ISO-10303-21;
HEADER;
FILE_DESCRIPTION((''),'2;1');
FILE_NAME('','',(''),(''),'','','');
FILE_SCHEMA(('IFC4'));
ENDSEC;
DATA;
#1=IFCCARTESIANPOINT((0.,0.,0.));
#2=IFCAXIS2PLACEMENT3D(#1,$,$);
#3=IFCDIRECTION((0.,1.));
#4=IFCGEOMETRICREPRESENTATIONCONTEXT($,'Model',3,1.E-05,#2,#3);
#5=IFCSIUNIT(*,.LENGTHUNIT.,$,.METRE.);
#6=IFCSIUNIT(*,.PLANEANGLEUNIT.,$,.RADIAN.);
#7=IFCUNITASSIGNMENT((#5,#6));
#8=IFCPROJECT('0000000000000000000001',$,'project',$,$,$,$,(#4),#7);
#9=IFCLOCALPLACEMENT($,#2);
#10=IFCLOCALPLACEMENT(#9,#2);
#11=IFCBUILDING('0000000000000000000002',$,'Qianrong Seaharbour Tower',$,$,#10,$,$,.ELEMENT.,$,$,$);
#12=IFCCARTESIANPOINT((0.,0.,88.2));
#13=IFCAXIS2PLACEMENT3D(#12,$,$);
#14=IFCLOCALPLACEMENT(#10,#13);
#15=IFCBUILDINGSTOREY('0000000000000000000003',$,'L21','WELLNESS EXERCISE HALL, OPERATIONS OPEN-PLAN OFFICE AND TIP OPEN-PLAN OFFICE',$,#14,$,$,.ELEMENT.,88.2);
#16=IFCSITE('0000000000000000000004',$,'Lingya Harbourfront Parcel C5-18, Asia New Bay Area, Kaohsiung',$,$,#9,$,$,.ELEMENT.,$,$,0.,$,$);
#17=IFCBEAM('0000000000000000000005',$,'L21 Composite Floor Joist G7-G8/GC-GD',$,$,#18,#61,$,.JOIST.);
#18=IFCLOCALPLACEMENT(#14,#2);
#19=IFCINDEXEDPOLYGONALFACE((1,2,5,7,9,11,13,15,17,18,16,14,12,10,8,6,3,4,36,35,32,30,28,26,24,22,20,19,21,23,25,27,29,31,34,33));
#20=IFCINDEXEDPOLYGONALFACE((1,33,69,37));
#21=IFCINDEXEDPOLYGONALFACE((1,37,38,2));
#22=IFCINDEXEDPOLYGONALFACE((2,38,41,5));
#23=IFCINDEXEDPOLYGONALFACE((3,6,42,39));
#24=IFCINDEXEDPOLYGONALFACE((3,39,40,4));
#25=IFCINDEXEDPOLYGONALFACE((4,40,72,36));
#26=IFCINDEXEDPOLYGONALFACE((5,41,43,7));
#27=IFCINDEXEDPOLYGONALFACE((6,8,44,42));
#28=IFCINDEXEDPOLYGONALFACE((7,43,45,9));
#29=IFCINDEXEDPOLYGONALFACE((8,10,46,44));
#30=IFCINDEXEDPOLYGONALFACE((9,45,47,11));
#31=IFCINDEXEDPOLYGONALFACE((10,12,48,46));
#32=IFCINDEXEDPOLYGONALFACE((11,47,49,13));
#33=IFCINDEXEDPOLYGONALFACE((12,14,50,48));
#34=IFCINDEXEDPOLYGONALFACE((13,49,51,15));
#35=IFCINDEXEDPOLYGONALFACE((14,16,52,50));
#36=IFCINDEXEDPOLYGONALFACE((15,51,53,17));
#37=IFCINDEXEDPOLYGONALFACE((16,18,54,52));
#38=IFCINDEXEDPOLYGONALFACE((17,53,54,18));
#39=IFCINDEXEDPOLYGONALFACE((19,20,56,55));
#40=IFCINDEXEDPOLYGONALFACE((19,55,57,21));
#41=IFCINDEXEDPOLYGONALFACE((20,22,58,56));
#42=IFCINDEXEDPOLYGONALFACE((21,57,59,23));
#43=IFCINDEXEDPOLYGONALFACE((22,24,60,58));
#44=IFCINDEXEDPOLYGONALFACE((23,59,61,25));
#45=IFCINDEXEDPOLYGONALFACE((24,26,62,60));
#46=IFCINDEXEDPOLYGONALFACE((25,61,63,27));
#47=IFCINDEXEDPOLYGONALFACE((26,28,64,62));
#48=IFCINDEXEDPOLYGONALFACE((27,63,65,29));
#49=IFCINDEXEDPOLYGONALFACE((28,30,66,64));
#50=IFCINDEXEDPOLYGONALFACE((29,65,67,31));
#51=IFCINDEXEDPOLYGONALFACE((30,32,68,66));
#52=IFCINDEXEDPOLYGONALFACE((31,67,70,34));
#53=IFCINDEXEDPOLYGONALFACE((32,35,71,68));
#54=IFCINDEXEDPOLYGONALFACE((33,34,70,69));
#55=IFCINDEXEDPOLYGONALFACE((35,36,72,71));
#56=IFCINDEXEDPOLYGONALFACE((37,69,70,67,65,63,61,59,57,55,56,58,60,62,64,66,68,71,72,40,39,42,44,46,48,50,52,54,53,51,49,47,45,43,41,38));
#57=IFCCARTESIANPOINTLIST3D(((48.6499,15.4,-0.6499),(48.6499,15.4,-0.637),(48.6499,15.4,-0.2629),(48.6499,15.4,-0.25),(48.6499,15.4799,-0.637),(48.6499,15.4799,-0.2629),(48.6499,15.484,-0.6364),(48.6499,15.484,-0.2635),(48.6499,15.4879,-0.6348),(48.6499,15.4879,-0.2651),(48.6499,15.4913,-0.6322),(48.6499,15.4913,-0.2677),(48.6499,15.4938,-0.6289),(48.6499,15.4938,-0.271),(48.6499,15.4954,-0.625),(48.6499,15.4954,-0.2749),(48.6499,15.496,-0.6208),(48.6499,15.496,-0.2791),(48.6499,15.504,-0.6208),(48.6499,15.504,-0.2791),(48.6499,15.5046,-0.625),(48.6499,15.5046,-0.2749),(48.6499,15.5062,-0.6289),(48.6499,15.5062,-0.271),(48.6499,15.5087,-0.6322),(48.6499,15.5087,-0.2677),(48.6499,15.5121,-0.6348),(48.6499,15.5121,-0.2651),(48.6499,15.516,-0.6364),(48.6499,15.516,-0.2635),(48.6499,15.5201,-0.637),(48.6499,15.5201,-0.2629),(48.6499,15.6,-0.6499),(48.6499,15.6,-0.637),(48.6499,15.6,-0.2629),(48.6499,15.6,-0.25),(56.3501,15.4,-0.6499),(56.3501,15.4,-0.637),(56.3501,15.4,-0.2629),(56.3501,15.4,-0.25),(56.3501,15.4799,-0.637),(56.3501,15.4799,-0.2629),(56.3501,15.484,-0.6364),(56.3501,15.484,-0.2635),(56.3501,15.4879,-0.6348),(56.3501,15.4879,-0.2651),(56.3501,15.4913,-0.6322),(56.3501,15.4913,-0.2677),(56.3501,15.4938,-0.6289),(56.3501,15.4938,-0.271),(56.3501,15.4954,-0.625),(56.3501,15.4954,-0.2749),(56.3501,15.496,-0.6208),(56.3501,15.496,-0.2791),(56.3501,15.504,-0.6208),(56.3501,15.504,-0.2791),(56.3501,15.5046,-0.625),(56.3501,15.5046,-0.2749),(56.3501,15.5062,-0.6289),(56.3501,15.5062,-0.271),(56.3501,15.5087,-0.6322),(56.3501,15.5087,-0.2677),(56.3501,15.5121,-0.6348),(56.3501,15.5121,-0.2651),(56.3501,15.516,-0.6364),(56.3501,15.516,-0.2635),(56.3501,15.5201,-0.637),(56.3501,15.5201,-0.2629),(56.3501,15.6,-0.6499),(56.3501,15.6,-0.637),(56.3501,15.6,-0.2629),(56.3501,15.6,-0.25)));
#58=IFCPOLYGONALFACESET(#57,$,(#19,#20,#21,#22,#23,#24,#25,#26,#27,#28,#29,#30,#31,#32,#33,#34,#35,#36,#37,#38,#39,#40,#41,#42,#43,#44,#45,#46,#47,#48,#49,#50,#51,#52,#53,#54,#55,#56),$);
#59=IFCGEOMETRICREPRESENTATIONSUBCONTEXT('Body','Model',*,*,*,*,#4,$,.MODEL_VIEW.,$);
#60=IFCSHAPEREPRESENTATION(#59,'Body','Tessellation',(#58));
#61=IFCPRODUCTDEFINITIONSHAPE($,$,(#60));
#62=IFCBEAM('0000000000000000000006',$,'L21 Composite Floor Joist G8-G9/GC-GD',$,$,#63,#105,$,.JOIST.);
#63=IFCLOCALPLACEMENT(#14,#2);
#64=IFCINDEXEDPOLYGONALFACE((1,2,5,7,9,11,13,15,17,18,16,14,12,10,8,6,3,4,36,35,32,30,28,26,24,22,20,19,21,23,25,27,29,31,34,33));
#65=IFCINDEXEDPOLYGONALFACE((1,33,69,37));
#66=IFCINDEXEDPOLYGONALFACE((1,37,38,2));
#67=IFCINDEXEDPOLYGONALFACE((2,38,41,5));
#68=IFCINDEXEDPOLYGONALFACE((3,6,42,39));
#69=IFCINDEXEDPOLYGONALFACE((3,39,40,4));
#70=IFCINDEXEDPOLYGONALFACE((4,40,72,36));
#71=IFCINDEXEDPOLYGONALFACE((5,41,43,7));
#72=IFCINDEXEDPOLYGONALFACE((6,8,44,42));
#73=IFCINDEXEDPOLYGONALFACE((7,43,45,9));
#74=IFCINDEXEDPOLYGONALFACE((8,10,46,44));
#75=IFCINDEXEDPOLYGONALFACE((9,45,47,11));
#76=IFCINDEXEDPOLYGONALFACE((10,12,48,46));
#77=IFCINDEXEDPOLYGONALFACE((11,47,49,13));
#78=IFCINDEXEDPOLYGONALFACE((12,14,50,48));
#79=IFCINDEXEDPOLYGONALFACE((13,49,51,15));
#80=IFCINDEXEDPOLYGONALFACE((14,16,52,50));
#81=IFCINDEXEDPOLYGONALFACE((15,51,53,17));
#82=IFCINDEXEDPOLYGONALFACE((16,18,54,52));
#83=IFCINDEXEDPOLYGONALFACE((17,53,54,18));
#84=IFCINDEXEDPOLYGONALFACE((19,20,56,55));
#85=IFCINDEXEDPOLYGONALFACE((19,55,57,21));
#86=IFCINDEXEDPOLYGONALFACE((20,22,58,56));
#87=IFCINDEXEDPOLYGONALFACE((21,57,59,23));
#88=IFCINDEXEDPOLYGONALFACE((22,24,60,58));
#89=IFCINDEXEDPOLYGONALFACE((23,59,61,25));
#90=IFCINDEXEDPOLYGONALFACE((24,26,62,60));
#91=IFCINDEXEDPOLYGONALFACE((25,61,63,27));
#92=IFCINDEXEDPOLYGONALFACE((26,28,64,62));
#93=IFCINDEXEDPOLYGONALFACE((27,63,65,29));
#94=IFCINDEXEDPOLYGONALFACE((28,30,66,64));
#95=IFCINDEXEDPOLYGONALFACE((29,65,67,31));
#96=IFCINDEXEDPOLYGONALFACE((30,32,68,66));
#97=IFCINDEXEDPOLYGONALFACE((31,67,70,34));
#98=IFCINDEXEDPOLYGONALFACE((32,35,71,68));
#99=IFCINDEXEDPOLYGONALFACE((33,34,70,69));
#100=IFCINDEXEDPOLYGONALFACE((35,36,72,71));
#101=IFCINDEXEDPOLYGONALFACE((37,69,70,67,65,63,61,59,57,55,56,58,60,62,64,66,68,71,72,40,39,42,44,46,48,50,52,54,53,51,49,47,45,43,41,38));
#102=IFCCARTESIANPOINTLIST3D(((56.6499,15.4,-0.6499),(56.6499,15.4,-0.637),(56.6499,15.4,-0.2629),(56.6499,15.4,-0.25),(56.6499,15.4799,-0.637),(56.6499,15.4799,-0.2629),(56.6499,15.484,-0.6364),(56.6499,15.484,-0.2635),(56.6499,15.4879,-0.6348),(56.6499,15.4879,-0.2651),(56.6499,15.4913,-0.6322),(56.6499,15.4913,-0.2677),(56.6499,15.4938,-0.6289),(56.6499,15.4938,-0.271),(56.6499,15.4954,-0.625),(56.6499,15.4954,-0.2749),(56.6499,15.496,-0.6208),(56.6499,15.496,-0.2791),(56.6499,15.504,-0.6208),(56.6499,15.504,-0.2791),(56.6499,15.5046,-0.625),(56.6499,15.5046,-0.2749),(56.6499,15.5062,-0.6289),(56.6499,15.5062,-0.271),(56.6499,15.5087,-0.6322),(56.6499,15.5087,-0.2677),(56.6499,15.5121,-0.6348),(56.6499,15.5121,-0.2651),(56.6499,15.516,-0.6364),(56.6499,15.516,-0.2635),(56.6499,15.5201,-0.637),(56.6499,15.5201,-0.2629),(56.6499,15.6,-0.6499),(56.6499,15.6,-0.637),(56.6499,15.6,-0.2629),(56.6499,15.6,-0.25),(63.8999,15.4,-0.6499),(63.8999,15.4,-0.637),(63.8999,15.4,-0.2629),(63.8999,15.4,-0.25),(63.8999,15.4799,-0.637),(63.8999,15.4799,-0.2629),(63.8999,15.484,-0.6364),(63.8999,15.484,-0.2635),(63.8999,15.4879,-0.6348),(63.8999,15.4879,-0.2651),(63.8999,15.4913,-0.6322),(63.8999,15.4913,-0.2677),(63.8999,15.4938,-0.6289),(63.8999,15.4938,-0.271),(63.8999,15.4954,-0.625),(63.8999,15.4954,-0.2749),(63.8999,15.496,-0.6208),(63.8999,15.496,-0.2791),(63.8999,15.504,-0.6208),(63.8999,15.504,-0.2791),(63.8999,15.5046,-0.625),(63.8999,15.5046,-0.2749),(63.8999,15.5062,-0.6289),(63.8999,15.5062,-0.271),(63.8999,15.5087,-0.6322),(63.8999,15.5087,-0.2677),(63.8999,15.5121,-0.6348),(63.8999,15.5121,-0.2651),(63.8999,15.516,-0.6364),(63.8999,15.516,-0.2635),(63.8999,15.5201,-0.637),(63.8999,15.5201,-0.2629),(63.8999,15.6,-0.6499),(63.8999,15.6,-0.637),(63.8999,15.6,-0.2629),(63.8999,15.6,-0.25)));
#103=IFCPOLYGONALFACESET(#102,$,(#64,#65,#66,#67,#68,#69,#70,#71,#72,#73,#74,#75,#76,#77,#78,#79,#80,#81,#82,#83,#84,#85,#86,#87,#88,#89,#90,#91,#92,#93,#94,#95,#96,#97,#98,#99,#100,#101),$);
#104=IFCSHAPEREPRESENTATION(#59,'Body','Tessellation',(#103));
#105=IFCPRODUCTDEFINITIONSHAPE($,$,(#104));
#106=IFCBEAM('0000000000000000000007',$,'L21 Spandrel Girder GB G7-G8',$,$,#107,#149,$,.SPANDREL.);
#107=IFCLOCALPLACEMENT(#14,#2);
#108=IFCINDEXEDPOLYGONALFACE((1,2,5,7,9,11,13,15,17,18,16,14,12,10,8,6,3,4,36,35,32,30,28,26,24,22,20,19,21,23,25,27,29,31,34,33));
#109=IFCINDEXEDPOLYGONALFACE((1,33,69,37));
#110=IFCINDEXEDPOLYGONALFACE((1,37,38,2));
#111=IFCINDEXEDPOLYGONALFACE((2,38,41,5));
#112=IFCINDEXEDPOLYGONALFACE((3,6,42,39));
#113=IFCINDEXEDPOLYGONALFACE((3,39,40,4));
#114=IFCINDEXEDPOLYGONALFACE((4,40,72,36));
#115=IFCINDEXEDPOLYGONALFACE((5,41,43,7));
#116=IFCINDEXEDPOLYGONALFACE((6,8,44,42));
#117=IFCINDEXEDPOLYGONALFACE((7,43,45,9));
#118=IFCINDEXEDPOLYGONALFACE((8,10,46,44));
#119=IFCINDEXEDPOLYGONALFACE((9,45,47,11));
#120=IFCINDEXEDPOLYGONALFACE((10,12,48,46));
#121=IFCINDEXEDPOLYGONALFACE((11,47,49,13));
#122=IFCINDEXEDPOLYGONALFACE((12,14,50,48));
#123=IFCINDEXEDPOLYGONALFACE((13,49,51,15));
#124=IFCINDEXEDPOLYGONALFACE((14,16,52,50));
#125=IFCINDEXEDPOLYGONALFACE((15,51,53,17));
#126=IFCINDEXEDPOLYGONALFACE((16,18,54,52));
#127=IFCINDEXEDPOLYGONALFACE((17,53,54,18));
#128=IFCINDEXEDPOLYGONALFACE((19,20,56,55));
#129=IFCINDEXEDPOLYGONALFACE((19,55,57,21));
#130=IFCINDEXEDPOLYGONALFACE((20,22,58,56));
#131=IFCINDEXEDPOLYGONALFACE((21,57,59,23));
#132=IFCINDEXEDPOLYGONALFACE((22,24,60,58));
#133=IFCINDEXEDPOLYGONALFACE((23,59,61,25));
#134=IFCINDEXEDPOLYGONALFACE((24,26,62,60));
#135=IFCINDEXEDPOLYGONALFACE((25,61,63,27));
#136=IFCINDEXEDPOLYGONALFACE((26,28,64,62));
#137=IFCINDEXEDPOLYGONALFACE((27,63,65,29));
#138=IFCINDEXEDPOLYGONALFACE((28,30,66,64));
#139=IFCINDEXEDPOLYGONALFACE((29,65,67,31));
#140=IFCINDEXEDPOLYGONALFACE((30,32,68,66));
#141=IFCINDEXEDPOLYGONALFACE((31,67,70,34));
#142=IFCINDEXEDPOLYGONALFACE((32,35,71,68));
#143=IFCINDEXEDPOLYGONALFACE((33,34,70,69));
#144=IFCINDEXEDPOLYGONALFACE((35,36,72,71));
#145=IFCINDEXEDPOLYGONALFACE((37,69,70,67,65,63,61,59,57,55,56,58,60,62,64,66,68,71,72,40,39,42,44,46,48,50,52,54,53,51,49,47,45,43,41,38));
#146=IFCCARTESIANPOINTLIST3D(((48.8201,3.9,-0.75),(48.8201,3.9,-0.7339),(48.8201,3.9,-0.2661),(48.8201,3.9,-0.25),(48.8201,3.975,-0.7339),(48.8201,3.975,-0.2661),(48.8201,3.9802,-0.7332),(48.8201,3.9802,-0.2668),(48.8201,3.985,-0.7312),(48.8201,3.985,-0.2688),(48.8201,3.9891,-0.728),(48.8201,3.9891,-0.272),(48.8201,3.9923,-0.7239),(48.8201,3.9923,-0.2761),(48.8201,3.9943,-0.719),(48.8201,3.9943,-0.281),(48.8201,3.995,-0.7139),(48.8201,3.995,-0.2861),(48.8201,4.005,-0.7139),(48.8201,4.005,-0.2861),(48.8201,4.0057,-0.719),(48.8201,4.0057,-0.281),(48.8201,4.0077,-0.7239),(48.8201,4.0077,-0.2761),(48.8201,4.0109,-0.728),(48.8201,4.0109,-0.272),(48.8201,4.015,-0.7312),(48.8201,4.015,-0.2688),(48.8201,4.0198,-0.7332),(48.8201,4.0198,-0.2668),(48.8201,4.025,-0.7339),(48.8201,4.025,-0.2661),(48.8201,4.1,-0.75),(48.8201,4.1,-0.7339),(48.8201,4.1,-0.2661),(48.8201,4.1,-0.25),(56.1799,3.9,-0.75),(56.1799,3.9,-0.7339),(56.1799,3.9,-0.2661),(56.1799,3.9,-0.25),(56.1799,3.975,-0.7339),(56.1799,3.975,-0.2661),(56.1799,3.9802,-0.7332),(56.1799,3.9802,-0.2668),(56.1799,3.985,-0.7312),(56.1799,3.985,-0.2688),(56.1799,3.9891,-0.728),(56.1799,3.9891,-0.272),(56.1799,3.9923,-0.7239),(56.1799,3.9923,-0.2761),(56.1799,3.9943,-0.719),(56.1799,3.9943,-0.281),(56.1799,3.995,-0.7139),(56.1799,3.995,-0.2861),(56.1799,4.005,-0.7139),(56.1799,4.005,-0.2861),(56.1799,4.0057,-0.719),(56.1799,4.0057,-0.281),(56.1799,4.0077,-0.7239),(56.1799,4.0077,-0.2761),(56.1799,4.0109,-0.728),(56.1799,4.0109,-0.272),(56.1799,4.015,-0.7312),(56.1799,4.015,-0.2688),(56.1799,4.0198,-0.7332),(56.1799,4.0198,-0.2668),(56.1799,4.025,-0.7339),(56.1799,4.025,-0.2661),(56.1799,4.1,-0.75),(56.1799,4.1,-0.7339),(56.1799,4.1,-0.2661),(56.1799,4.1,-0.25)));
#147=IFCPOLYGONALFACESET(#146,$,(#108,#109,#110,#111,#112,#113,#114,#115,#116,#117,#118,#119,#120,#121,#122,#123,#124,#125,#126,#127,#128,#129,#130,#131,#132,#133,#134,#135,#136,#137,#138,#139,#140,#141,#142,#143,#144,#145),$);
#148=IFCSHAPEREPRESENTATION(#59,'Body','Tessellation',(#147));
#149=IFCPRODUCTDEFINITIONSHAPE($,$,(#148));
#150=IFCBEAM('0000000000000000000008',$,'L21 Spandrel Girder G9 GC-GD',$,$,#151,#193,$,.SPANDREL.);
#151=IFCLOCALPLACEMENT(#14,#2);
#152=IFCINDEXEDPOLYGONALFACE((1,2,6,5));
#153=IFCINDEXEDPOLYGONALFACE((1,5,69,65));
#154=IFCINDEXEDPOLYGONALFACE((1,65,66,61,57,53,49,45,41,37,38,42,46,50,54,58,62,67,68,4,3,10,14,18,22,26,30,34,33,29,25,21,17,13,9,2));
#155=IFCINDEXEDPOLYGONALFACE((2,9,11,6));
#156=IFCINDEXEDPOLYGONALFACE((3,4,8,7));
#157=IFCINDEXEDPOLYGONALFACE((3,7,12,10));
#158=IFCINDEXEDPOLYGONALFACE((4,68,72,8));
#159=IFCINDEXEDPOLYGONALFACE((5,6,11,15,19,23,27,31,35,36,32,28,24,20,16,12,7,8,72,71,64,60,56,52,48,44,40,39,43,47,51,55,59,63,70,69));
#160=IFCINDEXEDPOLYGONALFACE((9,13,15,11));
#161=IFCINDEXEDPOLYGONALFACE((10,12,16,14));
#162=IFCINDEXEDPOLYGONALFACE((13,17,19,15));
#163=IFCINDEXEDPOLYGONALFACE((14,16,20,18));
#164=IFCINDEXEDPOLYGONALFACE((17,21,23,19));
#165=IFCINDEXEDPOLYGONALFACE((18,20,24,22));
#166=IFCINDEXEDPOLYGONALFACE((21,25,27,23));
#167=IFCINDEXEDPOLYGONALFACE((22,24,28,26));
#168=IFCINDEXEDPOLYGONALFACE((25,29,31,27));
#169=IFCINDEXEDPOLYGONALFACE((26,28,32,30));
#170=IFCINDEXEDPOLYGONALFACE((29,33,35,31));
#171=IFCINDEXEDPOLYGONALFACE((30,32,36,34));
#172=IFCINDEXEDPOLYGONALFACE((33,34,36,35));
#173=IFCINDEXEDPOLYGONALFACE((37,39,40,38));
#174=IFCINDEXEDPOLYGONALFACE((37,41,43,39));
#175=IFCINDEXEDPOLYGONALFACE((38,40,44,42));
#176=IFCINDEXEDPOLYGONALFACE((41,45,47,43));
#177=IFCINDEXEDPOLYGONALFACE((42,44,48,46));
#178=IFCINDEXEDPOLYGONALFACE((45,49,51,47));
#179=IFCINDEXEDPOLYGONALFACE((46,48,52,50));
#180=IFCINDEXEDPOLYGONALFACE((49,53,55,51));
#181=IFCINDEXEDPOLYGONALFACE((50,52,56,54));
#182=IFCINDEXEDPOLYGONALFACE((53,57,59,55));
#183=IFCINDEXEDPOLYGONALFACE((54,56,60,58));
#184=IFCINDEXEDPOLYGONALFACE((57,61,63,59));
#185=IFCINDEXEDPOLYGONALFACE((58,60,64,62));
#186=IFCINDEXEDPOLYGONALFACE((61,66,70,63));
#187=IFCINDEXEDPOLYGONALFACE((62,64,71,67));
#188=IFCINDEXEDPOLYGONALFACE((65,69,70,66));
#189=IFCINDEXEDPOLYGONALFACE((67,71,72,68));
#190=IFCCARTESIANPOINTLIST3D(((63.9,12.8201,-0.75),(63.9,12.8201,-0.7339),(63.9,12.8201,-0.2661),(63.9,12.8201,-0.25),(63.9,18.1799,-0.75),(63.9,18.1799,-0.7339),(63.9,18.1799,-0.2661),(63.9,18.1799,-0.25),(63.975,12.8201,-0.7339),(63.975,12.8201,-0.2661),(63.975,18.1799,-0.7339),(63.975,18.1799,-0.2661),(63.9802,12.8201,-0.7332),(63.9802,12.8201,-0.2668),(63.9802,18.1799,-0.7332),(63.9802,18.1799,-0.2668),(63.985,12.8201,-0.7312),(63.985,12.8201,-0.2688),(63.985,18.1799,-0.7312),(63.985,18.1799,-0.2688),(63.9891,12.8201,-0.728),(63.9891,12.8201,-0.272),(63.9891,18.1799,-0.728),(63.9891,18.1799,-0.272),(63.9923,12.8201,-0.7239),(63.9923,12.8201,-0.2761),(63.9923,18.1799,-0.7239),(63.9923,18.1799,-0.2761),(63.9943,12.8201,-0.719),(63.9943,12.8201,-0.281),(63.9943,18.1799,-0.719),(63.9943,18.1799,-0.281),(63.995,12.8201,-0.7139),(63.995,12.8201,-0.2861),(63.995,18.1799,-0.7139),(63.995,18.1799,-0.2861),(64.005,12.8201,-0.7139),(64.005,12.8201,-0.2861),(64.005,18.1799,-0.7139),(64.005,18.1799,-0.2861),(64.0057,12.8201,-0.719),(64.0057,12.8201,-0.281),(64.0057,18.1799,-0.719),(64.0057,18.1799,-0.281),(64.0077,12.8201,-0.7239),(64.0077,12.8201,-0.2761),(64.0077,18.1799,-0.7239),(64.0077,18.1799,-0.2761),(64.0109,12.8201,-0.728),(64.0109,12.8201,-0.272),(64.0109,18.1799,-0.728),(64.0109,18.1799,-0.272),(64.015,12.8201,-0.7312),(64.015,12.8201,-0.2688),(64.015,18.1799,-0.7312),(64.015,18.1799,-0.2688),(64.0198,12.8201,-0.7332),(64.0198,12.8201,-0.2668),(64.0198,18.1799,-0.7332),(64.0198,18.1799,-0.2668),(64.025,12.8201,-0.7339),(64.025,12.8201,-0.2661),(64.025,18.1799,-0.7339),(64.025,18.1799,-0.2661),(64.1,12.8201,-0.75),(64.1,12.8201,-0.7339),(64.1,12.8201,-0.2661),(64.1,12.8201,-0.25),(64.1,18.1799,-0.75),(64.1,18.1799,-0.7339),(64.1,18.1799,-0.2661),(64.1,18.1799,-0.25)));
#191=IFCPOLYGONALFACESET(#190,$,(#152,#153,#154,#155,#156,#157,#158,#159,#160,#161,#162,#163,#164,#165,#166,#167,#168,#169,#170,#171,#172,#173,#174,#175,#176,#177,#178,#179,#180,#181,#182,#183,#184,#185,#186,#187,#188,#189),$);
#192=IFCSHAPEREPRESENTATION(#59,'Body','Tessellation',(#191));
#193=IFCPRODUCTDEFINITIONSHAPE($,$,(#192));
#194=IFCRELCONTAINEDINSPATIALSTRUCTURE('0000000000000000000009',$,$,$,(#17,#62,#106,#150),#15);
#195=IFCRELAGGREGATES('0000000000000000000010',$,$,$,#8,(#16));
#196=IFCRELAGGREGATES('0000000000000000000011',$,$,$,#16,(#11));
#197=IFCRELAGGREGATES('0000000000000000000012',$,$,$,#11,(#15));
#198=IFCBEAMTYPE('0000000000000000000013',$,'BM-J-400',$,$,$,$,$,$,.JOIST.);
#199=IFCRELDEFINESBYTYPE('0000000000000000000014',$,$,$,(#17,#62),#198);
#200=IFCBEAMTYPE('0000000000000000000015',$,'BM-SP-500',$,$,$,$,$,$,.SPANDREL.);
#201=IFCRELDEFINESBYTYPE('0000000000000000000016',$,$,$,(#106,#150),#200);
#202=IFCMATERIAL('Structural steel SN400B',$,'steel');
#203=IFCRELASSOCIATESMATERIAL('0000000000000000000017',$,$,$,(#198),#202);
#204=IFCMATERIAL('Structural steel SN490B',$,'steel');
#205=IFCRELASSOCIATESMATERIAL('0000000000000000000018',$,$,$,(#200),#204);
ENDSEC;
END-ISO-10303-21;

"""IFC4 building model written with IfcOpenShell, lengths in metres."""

from ifc_helpers import new_model, si_unit, direction, frame, origin, origin_2d, place, context, subcontext, project, spatial, i_section, extrude, material, material_profile, profile_set, type_object, element, save


model = new_model("IFC4")

# Units and contexts
model_context = context("Model", 3, precision=1e-05, world=origin(), true_north=direction((0.0, 1.0)))
body_context = subcontext(model_context, "Body", "Model", "MODEL_VIEW")
ifc_project = project(units=[si_unit("LENGTHUNIT", "METRE"), si_unit("PLANEANGLEUNIT", "RADIAN")], contexts=[model_context])

# Site, building, storey
site_placement = place(None, origin())
site = spatial("IfcSite", under=ifc_project, at=site_placement, Name="Lingya Harbourfront Parcel C5-18, Asia New Bay Area, Kaohsiung", CompositionType="ELEMENT", RefElevation=0.0)
building_placement = place(site_placement, origin())
building = spatial("IfcBuilding", under=site, at=building_placement, Name="Qianrong Seaharbour Tower", CompositionType="ELEMENT")
storey_placement = place(building_placement, frame((0.0, 0.0, 88.2)))
storey = spatial("IfcBuildingStorey", under=building, at=storey_placement, Name="L21", Description="WELLNESS EXERCISE HALL, OPERATIONS OPEN-PLAN OFFICE AND TIP OPEN-PLAN OFFICE", CompositionType="ELEMENT", Elevation=88.2)

# Shared definitions
ifc_material_1 = material(Name="Structural steel SN490B", Category="steel")

# Beams
ifc_material_2 = material(Name="Structural steel SN400B", Category="steel")
ifc_material_profile_1 = material_profile(ifc_material_2, i_section(OverallWidth=0.2, OverallDepth=0.3999, WebThickness=0.0081, FlangeThickness=0.0129, FilletRadius=0.0161, at=origin_2d()), Name="H400x200x8x13")
ifc_profile_set_1 = profile_set([ifc_material_profile_1], Name="Structural steel SN400B")
beam_type_1 = type_object("IfcBeamType", Name="BM-J-400", PredefinedType="JOIST", material=ifc_profile_set_1)
for number, where, z_axis, x_axis, name in (
    (1, (48.6499, 15.5, -0.45), (1.0, 0.0, 0.0), (0.0, 1.0, 0.0), "L21 Composite Floor Joist G7-G8/GC-GD"),
):
    element("IfcBeam", number, at=place(storey_placement, frame(where, z_axis=z_axis, x_axis=x_axis)), inside=storey, type_object=beam_type_1, Name=name, PredefinedType="JOIST", context=body_context, shape_type="SweptSolid", body=[
        extrude(i_section(OverallWidth=0.2, OverallDepth=0.3999, WebThickness=0.0081, FlangeThickness=0.0129, FilletRadius=0.0161, at=origin_2d()), origin(), (0.0, 0.0, 1.0), 7.7002),
    ])
beam_1_placement = place(storey_placement, frame((56.6499, 15.5, -0.45), z_axis=(1.0, 0.0, 0.0), x_axis=(0.0, 1.0, 0.0)))
element("IfcBeam", 2, at=beam_1_placement, inside=storey, type_object=beam_type_1, Name="L21 Composite Floor Joist G8-G9/GC-GD", PredefinedType="JOIST", context=body_context, shape_type="SweptSolid", body=[
    extrude(i_section(OverallWidth=0.2, OverallDepth=0.3999, WebThickness=0.0081, FlangeThickness=0.0129, FilletRadius=0.0161, at=origin_2d()), origin(), (0.0, 0.0, 1.0), 7.25),
])
ifc_material_profile_2 = material_profile(ifc_material_1, i_section(OverallWidth=0.2, OverallDepth=0.5, WebThickness=0.01, FlangeThickness=0.0161, FilletRadius=0.02, at=origin_2d()), Name="H500x200x10x16")
ifc_profile_set_2 = profile_set([ifc_material_profile_2], Name="Structural steel SN490B")
beam_type_2 = type_object("IfcBeamType", Name="BM-SP-500", PredefinedType="SPANDREL", material=ifc_profile_set_2)
beam_2_placement = place(storey_placement, frame((48.8201, 4.0, -0.5), z_axis=(1.0, 0.0, 0.0), x_axis=(0.0, 1.0, 0.0)))
element("IfcBeam", 3, at=beam_2_placement, inside=storey, type_object=beam_type_2, Name="L21 Spandrel Girder GB G7-G8", PredefinedType="SPANDREL", context=body_context, shape_type="SweptSolid", body=[
    extrude(i_section(OverallWidth=0.2, OverallDepth=0.5, WebThickness=0.01, FlangeThickness=0.0161, FilletRadius=0.02, at=origin_2d()), origin(), (0.0, 0.0, 1.0), 7.3599),
])
beam_3_placement = place(storey_placement, frame((64.0, 12.8201, -0.5), z_axis=(0.0, 1.0, 0.0), x_axis=(-1.0, 0.0, 0.0)))
element("IfcBeam", 4, at=beam_3_placement, inside=storey, type_object=beam_type_2, Name="L21 Spandrel Girder G9 GC-GD", PredefinedType="SPANDREL", context=body_context, shape_type="SweptSolid", body=[
    extrude(i_section(OverallWidth=0.2, OverallDepth=0.5, WebThickness=0.01, FlangeThickness=0.0161, FilletRadius=0.02, at=origin_2d()), origin(), (0.0, 0.0, 1.0), 5.3599),
])

save(model, "model.ifc")
